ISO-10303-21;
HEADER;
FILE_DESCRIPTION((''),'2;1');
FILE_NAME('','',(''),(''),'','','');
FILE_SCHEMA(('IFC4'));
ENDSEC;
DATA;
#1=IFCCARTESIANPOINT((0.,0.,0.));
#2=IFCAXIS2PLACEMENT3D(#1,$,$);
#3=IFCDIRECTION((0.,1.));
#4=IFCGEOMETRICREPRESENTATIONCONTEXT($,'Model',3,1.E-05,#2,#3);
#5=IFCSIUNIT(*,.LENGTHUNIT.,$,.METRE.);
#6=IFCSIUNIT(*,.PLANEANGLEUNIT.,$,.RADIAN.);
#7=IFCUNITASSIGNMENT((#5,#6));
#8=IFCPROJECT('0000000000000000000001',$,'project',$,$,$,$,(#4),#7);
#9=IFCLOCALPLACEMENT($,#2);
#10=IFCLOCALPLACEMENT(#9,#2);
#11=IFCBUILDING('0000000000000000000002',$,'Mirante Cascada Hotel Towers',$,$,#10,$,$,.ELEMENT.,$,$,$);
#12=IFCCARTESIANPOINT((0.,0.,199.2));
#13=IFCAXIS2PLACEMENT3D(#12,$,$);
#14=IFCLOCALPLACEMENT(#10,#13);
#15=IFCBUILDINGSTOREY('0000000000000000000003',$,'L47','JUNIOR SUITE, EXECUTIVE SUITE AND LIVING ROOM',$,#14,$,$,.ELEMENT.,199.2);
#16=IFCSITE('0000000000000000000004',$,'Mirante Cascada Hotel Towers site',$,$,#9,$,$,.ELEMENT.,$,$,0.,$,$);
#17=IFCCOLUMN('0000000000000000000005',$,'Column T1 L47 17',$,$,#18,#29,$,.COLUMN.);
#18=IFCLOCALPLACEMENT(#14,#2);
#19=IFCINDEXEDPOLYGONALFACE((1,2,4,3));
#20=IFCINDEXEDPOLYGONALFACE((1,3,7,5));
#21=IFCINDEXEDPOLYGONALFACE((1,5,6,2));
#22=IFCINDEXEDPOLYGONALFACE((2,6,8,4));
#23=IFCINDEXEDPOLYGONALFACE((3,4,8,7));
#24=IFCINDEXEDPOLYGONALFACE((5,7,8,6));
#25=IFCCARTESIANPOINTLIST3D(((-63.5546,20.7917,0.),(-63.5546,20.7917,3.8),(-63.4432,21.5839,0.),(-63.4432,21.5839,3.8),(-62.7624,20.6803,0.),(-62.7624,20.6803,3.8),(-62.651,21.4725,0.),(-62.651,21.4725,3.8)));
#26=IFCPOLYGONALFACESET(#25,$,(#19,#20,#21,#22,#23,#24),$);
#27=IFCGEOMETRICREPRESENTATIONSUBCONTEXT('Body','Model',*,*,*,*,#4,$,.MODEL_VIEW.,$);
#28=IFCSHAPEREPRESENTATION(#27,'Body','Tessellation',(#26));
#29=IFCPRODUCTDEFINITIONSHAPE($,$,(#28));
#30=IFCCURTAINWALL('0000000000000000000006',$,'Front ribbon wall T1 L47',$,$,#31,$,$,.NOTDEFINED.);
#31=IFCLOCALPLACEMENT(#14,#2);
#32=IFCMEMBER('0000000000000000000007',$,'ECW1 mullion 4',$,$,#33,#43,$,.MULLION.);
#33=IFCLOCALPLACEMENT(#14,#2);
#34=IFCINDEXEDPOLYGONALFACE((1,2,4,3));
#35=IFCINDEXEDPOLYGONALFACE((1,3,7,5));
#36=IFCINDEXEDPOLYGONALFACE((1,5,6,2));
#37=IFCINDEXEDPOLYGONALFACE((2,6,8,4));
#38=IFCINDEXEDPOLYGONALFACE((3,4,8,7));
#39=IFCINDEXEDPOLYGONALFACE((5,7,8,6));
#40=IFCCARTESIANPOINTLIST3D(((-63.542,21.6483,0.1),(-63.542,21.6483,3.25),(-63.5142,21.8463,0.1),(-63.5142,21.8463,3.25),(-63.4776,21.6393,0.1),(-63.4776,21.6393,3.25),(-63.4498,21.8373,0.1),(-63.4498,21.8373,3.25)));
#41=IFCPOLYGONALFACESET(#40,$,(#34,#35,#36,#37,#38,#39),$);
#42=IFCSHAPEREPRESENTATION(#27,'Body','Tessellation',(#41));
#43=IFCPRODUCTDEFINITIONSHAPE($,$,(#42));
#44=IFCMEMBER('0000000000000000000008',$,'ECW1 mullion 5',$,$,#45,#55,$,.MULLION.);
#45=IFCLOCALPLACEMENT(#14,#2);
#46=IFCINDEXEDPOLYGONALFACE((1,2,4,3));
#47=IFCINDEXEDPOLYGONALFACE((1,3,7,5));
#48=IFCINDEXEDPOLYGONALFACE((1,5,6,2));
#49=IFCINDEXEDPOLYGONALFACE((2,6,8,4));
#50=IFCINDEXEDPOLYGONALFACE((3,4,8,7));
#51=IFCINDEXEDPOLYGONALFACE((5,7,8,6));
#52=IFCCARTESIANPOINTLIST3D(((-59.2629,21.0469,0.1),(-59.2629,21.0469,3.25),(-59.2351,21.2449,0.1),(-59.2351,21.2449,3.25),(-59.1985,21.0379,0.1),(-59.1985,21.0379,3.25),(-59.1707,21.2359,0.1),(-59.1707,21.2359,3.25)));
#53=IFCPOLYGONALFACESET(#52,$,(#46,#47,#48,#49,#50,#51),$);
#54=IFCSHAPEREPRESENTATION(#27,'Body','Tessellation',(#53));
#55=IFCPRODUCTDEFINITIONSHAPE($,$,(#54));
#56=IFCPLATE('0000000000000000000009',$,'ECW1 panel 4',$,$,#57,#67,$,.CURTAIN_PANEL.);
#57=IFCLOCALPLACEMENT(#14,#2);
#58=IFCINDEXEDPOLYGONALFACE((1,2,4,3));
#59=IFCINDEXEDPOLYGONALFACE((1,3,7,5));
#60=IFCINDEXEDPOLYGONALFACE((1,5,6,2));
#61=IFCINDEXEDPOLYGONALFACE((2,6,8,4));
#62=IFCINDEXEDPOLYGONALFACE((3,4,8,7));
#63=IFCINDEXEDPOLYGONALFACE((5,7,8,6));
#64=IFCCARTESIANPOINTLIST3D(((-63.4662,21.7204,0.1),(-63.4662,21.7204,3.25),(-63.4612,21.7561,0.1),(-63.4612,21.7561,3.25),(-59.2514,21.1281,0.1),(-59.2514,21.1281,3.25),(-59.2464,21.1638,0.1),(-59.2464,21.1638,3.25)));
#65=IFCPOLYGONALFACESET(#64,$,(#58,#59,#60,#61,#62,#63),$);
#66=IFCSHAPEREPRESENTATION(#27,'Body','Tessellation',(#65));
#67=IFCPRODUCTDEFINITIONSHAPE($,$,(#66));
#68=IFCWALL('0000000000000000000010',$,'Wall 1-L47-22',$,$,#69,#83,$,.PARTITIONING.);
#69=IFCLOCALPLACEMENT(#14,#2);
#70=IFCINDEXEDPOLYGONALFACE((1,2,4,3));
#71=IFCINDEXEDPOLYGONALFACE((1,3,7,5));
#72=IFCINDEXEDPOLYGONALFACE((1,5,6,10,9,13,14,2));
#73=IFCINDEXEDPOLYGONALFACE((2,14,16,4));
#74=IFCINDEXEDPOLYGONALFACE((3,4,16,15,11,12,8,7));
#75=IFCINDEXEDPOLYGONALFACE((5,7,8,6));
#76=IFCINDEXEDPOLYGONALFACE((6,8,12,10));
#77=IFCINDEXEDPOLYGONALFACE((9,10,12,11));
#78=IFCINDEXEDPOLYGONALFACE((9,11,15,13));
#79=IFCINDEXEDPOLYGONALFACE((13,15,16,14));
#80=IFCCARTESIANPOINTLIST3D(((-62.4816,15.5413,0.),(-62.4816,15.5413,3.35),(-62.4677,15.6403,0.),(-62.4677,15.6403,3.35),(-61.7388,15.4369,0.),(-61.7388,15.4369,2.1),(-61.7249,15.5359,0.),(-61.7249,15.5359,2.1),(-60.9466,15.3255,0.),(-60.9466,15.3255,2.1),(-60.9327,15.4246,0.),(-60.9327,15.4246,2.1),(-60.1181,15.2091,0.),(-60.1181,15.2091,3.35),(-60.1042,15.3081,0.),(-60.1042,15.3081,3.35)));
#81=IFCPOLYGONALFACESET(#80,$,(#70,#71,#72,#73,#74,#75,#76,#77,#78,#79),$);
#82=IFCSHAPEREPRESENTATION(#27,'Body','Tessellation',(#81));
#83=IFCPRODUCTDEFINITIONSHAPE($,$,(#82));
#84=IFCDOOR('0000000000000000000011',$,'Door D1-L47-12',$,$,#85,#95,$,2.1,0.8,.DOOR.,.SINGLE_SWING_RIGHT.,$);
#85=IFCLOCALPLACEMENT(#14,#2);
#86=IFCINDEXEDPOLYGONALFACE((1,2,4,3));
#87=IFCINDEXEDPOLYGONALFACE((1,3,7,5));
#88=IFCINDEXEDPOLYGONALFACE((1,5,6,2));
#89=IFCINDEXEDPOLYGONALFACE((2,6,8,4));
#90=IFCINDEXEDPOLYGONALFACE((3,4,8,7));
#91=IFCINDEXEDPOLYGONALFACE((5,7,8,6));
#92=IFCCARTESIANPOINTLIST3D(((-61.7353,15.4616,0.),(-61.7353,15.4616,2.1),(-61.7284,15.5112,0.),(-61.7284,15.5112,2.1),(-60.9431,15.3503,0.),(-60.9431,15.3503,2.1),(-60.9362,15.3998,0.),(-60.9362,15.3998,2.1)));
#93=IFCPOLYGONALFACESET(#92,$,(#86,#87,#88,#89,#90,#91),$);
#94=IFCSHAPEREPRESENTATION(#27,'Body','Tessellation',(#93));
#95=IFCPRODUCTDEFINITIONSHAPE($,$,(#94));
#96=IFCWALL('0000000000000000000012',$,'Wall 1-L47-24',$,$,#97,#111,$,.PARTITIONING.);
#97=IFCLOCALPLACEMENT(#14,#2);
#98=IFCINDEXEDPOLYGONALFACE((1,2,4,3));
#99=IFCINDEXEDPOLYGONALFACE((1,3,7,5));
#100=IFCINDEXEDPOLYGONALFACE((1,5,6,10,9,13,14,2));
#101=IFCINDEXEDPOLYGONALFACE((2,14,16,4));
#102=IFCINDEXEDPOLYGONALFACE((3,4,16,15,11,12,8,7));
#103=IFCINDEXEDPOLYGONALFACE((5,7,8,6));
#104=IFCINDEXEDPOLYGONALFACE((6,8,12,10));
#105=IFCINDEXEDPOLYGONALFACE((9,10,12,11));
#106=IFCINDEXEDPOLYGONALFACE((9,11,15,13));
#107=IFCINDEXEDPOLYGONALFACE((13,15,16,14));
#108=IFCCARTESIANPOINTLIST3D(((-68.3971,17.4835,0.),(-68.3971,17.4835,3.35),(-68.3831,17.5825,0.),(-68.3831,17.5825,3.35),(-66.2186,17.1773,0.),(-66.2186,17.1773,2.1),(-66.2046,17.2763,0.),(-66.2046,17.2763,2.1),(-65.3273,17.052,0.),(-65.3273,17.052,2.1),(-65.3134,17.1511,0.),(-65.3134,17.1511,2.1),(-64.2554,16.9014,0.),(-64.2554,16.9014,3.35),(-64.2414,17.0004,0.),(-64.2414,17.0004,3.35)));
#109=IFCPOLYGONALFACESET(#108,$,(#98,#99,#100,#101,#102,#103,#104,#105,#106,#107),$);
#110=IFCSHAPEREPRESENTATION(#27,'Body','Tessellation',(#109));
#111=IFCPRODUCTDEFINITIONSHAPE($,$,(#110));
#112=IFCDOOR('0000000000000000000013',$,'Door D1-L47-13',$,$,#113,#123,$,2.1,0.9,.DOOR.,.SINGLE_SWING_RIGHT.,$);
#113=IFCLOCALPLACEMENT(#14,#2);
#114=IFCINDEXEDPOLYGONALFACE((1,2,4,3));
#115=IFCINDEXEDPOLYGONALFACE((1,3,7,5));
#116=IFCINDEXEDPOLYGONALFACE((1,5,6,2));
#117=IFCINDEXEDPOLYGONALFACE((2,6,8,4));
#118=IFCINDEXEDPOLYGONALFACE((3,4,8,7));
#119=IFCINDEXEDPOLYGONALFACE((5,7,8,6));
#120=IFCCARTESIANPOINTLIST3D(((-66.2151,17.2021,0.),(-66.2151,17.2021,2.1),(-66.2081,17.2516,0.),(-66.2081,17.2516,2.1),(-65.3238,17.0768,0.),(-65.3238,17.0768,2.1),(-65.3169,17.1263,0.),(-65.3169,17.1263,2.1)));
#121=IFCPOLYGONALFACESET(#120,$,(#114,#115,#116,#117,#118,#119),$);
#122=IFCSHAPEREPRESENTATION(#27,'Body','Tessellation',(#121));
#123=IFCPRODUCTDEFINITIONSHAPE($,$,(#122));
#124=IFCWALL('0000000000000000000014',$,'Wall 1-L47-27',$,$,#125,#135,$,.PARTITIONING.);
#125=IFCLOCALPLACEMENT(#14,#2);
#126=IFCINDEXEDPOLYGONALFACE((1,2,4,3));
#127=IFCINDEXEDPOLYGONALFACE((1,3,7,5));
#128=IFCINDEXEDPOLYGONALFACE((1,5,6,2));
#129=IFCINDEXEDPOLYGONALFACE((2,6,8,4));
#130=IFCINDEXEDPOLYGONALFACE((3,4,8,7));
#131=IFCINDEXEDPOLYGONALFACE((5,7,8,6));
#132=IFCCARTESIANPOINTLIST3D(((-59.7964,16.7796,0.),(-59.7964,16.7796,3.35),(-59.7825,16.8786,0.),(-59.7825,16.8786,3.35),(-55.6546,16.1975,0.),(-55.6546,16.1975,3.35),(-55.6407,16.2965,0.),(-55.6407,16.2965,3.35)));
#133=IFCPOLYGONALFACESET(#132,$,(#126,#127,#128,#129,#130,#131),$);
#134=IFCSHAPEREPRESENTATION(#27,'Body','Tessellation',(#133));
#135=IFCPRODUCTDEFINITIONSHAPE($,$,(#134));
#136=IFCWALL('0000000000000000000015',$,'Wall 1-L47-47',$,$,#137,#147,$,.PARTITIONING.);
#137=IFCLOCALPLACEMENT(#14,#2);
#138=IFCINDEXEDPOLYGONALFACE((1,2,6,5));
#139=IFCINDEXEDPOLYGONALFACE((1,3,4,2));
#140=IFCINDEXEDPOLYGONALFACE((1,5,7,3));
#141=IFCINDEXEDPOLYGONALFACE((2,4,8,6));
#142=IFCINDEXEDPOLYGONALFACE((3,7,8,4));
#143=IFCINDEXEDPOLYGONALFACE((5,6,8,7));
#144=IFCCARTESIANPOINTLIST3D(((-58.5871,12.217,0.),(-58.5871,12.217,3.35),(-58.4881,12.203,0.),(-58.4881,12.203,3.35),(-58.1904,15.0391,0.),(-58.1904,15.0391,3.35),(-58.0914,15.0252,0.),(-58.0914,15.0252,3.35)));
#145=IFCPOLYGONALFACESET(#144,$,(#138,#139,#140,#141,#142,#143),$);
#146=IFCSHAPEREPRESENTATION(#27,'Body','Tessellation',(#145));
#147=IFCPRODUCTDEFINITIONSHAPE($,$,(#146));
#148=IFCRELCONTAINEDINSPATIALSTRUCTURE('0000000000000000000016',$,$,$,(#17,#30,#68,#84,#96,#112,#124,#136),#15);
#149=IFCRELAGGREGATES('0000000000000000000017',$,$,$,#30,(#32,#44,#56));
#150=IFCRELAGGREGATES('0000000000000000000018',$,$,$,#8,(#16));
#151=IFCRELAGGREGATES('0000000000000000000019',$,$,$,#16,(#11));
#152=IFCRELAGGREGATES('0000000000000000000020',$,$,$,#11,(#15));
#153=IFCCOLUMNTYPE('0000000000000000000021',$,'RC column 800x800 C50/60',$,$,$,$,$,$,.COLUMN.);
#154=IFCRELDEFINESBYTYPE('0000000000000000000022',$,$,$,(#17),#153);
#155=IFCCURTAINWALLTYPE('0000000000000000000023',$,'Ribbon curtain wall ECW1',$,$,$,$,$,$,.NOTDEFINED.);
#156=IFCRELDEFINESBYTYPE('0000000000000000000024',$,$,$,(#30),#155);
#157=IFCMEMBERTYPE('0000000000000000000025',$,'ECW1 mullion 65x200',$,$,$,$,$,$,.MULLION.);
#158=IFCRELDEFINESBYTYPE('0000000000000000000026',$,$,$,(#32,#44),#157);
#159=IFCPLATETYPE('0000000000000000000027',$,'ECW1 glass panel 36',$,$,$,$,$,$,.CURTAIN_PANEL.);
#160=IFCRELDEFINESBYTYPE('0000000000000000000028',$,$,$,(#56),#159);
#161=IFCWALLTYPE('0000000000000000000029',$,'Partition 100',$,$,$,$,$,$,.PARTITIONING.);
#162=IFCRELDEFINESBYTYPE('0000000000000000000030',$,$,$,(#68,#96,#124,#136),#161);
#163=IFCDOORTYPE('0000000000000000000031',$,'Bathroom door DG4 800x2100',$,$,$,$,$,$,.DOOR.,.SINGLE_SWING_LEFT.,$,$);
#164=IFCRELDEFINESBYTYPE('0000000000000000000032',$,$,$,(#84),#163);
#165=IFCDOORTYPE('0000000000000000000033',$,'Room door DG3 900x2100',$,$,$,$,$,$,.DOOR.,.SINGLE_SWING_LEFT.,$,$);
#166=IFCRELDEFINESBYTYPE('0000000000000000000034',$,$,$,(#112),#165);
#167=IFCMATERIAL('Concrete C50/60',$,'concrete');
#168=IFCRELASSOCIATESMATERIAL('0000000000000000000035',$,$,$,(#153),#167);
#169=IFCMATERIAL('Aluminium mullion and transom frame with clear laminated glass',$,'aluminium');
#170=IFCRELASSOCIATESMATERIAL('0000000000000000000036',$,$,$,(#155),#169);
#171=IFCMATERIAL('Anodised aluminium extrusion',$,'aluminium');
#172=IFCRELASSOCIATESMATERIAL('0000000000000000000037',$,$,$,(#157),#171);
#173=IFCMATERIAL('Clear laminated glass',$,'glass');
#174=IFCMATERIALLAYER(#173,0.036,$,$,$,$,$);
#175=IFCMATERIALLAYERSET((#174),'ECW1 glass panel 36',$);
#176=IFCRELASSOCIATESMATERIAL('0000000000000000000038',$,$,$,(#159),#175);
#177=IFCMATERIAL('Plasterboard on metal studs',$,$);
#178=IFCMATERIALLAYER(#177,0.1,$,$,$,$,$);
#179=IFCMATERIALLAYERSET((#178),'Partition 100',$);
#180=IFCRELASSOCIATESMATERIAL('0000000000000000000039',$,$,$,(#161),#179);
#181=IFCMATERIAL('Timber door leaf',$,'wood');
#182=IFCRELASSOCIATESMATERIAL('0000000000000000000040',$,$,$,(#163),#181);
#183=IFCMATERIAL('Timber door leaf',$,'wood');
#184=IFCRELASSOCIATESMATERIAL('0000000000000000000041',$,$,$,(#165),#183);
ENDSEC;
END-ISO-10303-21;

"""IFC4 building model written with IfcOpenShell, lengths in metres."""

from ifc_helpers import new_model, si_unit, direction, frame, frame_2d, origin, origin_2d, place, context, subcontext, project, spatial, rectangle, extrude, material, layer, layer_set, material_profile, profile_set, type_object, element, fill, aggregate, save


model = new_model("IFC4")

# Units and contexts
model_context = context("Model", 3, precision=1e-05, world=origin(), true_north=direction((0.0, 1.0)))
body_context = subcontext(model_context, "Body", "Model", "MODEL_VIEW")
ifc_project = project(units=[si_unit("LENGTHUNIT", "METRE"), si_unit("PLANEANGLEUNIT", "RADIAN")], contexts=[model_context])

# Site, building, storey
site_placement = place(None, origin())
site = spatial("IfcSite", under=ifc_project, at=site_placement, Name="Mirante Cascada Hotel Towers site", CompositionType="ELEMENT", RefElevation=0.0)
building_placement = place(site_placement, origin())
building = spatial("IfcBuilding", under=site, at=building_placement, Name="Mirante Cascada Hotel Towers", CompositionType="ELEMENT")
storey_placement = place(building_placement, frame((0.0, 0.0, 199.2)))
storey = spatial("IfcBuildingStorey", under=building, at=storey_placement, Name="L47", Description="JUNIOR SUITE, EXECUTIVE SUITE AND LIVING ROOM", CompositionType="ELEMENT", Elevation=199.2)

# Column
ifc_material_1 = material(Name="Concrete C50/60", Category="concrete")
ifc_material_profile_1 = material_profile(ifc_material_1, rectangle(XDim=0.8, YDim=0.8, at=origin_2d()), Name="RC column 800x800 C50/60")
ifc_profile_set_1 = profile_set([ifc_material_profile_1], Name="Concrete C50/60")
column_type = type_object("IfcColumnType", Name="RC column 800x800 C50/60", PredefinedType="COLUMN", material=ifc_profile_set_1)
column_placement = place(storey_placement, frame((-63.1028, 21.1321, 0.0), z_axis=(0.0, 0.0, 1.0), x_axis=(-0.990268, 0.139173, 0.0)))
element("IfcColumn", 1, at=column_placement, inside=storey, type_object=column_type, Name="Column T1 L47 17", PredefinedType="COLUMN", context=body_context, shape_type="SweptSolid", body=[
    extrude(rectangle(XDim=0.8, YDim=0.8, at=origin_2d()), origin(), (0.0, 0.0, 1.0), 3.8),
])

# Curtain wall, members, plate
ifc_material_2 = material(Name="Aluminium mullion and transom frame with clear laminated glass", Category="aluminium")
curtain_wall_type = type_object("IfcCurtainWallType", Name="Ribbon curtain wall ECW1", PredefinedType="NOTDEFINED", material=ifc_material_2)
curtain_wall_placement = place(storey_placement, origin())
curtain_wall = element("IfcCurtainWall", 2, at=curtain_wall_placement, inside=storey, type_object=curtain_wall_type, Name="Front ribbon wall T1 L47", PredefinedType="NOTDEFINED")
ifc_material_3 = material(Name="Anodised aluminium extrusion", Category="aluminium")
ifc_material_profile_2 = material_profile(ifc_material_3, rectangle(XDim=0.2, YDim=0.065, at=origin_2d()), Name="ECW1 MULLION 65x200")
ifc_profile_set_2 = profile_set([ifc_material_profile_2], Name="Anodised aluminium extrusion")
member_type = type_object("IfcMemberType", Name="ECW1 mullion 65x200", PredefinedType="MULLION", material=ifc_profile_set_2)
member_1_placement = place(storey_placement, frame((-63.4959, 21.7428, 0.1), z_axis=(0.0, 0.0, 1.0), x_axis=(0.139173, 0.990268, 0.0)))
member_1 = element("IfcMember", 3, at=member_1_placement, type_object=member_type, Name="ECW1 mullion 4", PredefinedType="MULLION", context=body_context, shape_type="SweptSolid", body=[
    extrude(rectangle(XDim=0.2, YDim=0.065, at=origin_2d()), origin(), (0.0, 0.0, 1.0), 3.15),
])
member_2_placement = place(storey_placement, frame((-59.2168, 21.1414, 0.1), z_axis=(0.0, 0.0, 1.0), x_axis=(0.139173, 0.990268, 0.0)))
member_2 = element("IfcMember", 4, at=member_2_placement, type_object=member_type, Name="ECW1 mullion 5", PredefinedType="MULLION", context=body_context, shape_type="SweptSolid", body=[
    extrude(rectangle(XDim=0.2, YDim=0.065, at=origin_2d()), origin(), (0.0, 0.0, 1.0), 3.15),
])
ifc_material_4 = material(Name="Clear laminated glass", Category="glass")
ifc_layer_1 = layer(ifc_material_4, 0.036)
ifc_layer_set_1 = layer_set([ifc_layer_1], Name="ECW1 glass panel 36")
plate_type = type_object("IfcPlateType", Name="ECW1 glass panel 36", PredefinedType="CURTAIN_PANEL", material=ifc_layer_set_1)
plate_placement = place(storey_placement, frame((-61.3563, 21.4421, 0.1), z_axis=(0.0, 0.0, 1.0), x_axis=(0.990268, -0.139173, 0.0)))
plate = element("IfcPlate", 5, at=plate_placement, type_object=plate_type, Name="ECW1 panel 4", PredefinedType="CURTAIN_PANEL", context=body_context, shape_type="SweptSolid", body=[
    extrude(rectangle(XDim=4.2562, YDim=0.036, at=origin_2d()), origin(), (0.0, 0.0, 1.0), 3.15),
])
aggregate(curtain_wall, [member_1, member_2, plate])

# Walls, openings, doors
ifc_material_5 = material(Name="Plasterboard on metal studs")
ifc_layer_2 = layer(ifc_material_5, 0.1)
ifc_layer_set_2 = layer_set([ifc_layer_2], Name="Partition 100")
wall_type = type_object("IfcWallType", Name="Partition 100", PredefinedType="PARTITIONING", material=ifc_layer_set_2)
wall_1_placement = place(storey_placement, frame((-60.1111, 15.2586, 0.0), z_axis=(0.0, 0.0, 1.0), x_axis=(-0.990266, 0.139186, 0.0)))
wall_1 = element("IfcWall", 6, at=wall_1_placement, inside=storey, type_object=wall_type, Name="Wall 1-L47-22", PredefinedType="PARTITIONING", context=body_context, shape_type="SweptSolid", body=[
    extrude(rectangle(XDim=2.3867, YDim=0.1, at=frame_2d((1.1934, 0.0))), origin(), (0.0, 0.0, 1.0), 3.35),
])
opening_1_placement = place(wall_1_placement, frame((0.8367, 0.0, 0.0)))
opening_1 = element("IfcOpeningElement", 7, at=opening_1_placement, cuts=wall_1, PredefinedType="OPENING", context=body_context, shape_type="SweptSolid", body=[
    extrude(rectangle(XDim=0.8, YDim=2.1, at=frame_2d((0.4, 1.05))), frame((0.0, 0.05, 0.0), z_axis=(0.0, -1.0, 0.0), x_axis=(1.0, 0.0, 0.0)), (0.0, 0.0, 1.0), 0.1),
])
ifc_material_6 = material(Name="Timber door leaf", Category="wood")
door_type_1 = type_object("IfcDoorType", Name="Bathroom door DG4 800x2100", OperationType="SINGLE_SWING_LEFT", PredefinedType="DOOR", material=ifc_material_6)
door_1_placement = place(opening_1_placement, frame((0.8, 0.0, 0.0), z_axis=(0.0, 0.0, 1.0), x_axis=(-1.0, 0.0, 0.0)))
door_1 = element("IfcDoor", 8, at=door_1_placement, inside=storey, type_object=door_type_1, Name="Door D1-L47-12", OperationType="SINGLE_SWING_RIGHT", OverallHeight=2.1, OverallWidth=0.8, PredefinedType="DOOR", context=body_context, shape_type="SweptSolid", body=[
    extrude(rectangle(XDim=0.8, YDim=2.1, at=frame_2d((0.4, 1.05))), frame((0.0, 0.025, 0.0), z_axis=(0.0, -1.0, 0.0), x_axis=(1.0, 0.0, 0.0)), (0.0, 0.0, 1.0), 0.05),
])
fill(opening_1, door_1)
wall_2_placement = place(storey_placement, frame((-64.2484, 16.9509, 0.0), z_axis=(0.0, 0.0, 1.0), x_axis=(-0.990267, 0.139178, 0.0)))
wall_2 = element("IfcWall", 9, at=wall_2_placement, inside=storey, type_object=wall_type, Name="Wall 1-L47-24", PredefinedType="PARTITIONING", context=body_context, shape_type="SweptSolid", body=[
    extrude(rectangle(XDim=4.1824, YDim=0.1, at=frame_2d((2.0912, 0.0))), origin(), (0.0, 0.0, 1.0), 3.35),
])
opening_2_placement = place(wall_2_placement, frame((1.0825, 0.0, 0.0)))
opening_2 = element("IfcOpeningElement", 10, at=opening_2_placement, cuts=wall_2, PredefinedType="OPENING", context=body_context, shape_type="SweptSolid", body=[
    extrude(rectangle(XDim=0.9, YDim=2.1, at=frame_2d((0.45, 1.05))), frame((0.0, 0.05, 0.0), z_axis=(0.0, -1.0, 0.0), x_axis=(1.0, 0.0, 0.0)), (0.0, 0.0, 1.0), 0.1),
])
ifc_material_7 = material(Name="Timber door leaf", Category="wood")
door_type_2 = type_object("IfcDoorType", Name="Room door DG3 900x2100", OperationType="SINGLE_SWING_LEFT", PredefinedType="DOOR", material=ifc_material_7)
door_2_placement = place(opening_2_placement, frame((0.9, 0.0, 0.0), z_axis=(0.0, 0.0, 1.0), x_axis=(-1.0, 0.0, 0.0)))
door_2 = element("IfcDoor", 11, at=door_2_placement, inside=storey, type_object=door_type_2, Name="Door D1-L47-13", OperationType="SINGLE_SWING_RIGHT", OverallHeight=2.1, OverallWidth=0.9, PredefinedType="DOOR", context=body_context, shape_type="SweptSolid", body=[
    extrude(rectangle(XDim=0.9, YDim=2.1, at=frame_2d((0.45, 1.05))), frame((0.0, 0.025, 0.0), z_axis=(0.0, -1.0, 0.0), x_axis=(1.0, 0.0, 0.0)), (0.0, 0.0, 1.0), 0.05),
])
fill(opening_2, door_2)

# Walls
wall_3_placement = place(storey_placement, frame((-59.7894, 16.8291, 0.0), z_axis=(0.0, 0.0, 1.0), x_axis=(0.990268, -0.139175, 0.0)))
element("IfcWall", 12, at=wall_3_placement, inside=storey, type_object=wall_type, Name="Wall 1-L47-27", PredefinedType="PARTITIONING", context=body_context, shape_type="SweptSolid", body=[
    extrude(rectangle(XDim=4.1825, YDim=0.1, at=frame_2d((2.0912, 0.0))), origin(), (0.0, 0.0, 1.0), 3.35),
])
wall_4_placement = place(storey_placement, frame((-58.1409, 15.0322, 0.0), z_axis=(0.0, 0.0, 1.0), x_axis=(-0.139196, -0.990265, 0.0)))
element("IfcWall", 13, at=wall_4_placement, inside=storey, type_object=wall_type, Name="Wall 1-L47-47", PredefinedType="PARTITIONING", context=body_context, shape_type="SweptSolid", body=[
    extrude(rectangle(XDim=2.8499, YDim=0.1, at=frame_2d((1.425, 0.0))), origin(), (0.0, 0.0, 1.0), 3.35),
])

save(model, "model.ifc")
